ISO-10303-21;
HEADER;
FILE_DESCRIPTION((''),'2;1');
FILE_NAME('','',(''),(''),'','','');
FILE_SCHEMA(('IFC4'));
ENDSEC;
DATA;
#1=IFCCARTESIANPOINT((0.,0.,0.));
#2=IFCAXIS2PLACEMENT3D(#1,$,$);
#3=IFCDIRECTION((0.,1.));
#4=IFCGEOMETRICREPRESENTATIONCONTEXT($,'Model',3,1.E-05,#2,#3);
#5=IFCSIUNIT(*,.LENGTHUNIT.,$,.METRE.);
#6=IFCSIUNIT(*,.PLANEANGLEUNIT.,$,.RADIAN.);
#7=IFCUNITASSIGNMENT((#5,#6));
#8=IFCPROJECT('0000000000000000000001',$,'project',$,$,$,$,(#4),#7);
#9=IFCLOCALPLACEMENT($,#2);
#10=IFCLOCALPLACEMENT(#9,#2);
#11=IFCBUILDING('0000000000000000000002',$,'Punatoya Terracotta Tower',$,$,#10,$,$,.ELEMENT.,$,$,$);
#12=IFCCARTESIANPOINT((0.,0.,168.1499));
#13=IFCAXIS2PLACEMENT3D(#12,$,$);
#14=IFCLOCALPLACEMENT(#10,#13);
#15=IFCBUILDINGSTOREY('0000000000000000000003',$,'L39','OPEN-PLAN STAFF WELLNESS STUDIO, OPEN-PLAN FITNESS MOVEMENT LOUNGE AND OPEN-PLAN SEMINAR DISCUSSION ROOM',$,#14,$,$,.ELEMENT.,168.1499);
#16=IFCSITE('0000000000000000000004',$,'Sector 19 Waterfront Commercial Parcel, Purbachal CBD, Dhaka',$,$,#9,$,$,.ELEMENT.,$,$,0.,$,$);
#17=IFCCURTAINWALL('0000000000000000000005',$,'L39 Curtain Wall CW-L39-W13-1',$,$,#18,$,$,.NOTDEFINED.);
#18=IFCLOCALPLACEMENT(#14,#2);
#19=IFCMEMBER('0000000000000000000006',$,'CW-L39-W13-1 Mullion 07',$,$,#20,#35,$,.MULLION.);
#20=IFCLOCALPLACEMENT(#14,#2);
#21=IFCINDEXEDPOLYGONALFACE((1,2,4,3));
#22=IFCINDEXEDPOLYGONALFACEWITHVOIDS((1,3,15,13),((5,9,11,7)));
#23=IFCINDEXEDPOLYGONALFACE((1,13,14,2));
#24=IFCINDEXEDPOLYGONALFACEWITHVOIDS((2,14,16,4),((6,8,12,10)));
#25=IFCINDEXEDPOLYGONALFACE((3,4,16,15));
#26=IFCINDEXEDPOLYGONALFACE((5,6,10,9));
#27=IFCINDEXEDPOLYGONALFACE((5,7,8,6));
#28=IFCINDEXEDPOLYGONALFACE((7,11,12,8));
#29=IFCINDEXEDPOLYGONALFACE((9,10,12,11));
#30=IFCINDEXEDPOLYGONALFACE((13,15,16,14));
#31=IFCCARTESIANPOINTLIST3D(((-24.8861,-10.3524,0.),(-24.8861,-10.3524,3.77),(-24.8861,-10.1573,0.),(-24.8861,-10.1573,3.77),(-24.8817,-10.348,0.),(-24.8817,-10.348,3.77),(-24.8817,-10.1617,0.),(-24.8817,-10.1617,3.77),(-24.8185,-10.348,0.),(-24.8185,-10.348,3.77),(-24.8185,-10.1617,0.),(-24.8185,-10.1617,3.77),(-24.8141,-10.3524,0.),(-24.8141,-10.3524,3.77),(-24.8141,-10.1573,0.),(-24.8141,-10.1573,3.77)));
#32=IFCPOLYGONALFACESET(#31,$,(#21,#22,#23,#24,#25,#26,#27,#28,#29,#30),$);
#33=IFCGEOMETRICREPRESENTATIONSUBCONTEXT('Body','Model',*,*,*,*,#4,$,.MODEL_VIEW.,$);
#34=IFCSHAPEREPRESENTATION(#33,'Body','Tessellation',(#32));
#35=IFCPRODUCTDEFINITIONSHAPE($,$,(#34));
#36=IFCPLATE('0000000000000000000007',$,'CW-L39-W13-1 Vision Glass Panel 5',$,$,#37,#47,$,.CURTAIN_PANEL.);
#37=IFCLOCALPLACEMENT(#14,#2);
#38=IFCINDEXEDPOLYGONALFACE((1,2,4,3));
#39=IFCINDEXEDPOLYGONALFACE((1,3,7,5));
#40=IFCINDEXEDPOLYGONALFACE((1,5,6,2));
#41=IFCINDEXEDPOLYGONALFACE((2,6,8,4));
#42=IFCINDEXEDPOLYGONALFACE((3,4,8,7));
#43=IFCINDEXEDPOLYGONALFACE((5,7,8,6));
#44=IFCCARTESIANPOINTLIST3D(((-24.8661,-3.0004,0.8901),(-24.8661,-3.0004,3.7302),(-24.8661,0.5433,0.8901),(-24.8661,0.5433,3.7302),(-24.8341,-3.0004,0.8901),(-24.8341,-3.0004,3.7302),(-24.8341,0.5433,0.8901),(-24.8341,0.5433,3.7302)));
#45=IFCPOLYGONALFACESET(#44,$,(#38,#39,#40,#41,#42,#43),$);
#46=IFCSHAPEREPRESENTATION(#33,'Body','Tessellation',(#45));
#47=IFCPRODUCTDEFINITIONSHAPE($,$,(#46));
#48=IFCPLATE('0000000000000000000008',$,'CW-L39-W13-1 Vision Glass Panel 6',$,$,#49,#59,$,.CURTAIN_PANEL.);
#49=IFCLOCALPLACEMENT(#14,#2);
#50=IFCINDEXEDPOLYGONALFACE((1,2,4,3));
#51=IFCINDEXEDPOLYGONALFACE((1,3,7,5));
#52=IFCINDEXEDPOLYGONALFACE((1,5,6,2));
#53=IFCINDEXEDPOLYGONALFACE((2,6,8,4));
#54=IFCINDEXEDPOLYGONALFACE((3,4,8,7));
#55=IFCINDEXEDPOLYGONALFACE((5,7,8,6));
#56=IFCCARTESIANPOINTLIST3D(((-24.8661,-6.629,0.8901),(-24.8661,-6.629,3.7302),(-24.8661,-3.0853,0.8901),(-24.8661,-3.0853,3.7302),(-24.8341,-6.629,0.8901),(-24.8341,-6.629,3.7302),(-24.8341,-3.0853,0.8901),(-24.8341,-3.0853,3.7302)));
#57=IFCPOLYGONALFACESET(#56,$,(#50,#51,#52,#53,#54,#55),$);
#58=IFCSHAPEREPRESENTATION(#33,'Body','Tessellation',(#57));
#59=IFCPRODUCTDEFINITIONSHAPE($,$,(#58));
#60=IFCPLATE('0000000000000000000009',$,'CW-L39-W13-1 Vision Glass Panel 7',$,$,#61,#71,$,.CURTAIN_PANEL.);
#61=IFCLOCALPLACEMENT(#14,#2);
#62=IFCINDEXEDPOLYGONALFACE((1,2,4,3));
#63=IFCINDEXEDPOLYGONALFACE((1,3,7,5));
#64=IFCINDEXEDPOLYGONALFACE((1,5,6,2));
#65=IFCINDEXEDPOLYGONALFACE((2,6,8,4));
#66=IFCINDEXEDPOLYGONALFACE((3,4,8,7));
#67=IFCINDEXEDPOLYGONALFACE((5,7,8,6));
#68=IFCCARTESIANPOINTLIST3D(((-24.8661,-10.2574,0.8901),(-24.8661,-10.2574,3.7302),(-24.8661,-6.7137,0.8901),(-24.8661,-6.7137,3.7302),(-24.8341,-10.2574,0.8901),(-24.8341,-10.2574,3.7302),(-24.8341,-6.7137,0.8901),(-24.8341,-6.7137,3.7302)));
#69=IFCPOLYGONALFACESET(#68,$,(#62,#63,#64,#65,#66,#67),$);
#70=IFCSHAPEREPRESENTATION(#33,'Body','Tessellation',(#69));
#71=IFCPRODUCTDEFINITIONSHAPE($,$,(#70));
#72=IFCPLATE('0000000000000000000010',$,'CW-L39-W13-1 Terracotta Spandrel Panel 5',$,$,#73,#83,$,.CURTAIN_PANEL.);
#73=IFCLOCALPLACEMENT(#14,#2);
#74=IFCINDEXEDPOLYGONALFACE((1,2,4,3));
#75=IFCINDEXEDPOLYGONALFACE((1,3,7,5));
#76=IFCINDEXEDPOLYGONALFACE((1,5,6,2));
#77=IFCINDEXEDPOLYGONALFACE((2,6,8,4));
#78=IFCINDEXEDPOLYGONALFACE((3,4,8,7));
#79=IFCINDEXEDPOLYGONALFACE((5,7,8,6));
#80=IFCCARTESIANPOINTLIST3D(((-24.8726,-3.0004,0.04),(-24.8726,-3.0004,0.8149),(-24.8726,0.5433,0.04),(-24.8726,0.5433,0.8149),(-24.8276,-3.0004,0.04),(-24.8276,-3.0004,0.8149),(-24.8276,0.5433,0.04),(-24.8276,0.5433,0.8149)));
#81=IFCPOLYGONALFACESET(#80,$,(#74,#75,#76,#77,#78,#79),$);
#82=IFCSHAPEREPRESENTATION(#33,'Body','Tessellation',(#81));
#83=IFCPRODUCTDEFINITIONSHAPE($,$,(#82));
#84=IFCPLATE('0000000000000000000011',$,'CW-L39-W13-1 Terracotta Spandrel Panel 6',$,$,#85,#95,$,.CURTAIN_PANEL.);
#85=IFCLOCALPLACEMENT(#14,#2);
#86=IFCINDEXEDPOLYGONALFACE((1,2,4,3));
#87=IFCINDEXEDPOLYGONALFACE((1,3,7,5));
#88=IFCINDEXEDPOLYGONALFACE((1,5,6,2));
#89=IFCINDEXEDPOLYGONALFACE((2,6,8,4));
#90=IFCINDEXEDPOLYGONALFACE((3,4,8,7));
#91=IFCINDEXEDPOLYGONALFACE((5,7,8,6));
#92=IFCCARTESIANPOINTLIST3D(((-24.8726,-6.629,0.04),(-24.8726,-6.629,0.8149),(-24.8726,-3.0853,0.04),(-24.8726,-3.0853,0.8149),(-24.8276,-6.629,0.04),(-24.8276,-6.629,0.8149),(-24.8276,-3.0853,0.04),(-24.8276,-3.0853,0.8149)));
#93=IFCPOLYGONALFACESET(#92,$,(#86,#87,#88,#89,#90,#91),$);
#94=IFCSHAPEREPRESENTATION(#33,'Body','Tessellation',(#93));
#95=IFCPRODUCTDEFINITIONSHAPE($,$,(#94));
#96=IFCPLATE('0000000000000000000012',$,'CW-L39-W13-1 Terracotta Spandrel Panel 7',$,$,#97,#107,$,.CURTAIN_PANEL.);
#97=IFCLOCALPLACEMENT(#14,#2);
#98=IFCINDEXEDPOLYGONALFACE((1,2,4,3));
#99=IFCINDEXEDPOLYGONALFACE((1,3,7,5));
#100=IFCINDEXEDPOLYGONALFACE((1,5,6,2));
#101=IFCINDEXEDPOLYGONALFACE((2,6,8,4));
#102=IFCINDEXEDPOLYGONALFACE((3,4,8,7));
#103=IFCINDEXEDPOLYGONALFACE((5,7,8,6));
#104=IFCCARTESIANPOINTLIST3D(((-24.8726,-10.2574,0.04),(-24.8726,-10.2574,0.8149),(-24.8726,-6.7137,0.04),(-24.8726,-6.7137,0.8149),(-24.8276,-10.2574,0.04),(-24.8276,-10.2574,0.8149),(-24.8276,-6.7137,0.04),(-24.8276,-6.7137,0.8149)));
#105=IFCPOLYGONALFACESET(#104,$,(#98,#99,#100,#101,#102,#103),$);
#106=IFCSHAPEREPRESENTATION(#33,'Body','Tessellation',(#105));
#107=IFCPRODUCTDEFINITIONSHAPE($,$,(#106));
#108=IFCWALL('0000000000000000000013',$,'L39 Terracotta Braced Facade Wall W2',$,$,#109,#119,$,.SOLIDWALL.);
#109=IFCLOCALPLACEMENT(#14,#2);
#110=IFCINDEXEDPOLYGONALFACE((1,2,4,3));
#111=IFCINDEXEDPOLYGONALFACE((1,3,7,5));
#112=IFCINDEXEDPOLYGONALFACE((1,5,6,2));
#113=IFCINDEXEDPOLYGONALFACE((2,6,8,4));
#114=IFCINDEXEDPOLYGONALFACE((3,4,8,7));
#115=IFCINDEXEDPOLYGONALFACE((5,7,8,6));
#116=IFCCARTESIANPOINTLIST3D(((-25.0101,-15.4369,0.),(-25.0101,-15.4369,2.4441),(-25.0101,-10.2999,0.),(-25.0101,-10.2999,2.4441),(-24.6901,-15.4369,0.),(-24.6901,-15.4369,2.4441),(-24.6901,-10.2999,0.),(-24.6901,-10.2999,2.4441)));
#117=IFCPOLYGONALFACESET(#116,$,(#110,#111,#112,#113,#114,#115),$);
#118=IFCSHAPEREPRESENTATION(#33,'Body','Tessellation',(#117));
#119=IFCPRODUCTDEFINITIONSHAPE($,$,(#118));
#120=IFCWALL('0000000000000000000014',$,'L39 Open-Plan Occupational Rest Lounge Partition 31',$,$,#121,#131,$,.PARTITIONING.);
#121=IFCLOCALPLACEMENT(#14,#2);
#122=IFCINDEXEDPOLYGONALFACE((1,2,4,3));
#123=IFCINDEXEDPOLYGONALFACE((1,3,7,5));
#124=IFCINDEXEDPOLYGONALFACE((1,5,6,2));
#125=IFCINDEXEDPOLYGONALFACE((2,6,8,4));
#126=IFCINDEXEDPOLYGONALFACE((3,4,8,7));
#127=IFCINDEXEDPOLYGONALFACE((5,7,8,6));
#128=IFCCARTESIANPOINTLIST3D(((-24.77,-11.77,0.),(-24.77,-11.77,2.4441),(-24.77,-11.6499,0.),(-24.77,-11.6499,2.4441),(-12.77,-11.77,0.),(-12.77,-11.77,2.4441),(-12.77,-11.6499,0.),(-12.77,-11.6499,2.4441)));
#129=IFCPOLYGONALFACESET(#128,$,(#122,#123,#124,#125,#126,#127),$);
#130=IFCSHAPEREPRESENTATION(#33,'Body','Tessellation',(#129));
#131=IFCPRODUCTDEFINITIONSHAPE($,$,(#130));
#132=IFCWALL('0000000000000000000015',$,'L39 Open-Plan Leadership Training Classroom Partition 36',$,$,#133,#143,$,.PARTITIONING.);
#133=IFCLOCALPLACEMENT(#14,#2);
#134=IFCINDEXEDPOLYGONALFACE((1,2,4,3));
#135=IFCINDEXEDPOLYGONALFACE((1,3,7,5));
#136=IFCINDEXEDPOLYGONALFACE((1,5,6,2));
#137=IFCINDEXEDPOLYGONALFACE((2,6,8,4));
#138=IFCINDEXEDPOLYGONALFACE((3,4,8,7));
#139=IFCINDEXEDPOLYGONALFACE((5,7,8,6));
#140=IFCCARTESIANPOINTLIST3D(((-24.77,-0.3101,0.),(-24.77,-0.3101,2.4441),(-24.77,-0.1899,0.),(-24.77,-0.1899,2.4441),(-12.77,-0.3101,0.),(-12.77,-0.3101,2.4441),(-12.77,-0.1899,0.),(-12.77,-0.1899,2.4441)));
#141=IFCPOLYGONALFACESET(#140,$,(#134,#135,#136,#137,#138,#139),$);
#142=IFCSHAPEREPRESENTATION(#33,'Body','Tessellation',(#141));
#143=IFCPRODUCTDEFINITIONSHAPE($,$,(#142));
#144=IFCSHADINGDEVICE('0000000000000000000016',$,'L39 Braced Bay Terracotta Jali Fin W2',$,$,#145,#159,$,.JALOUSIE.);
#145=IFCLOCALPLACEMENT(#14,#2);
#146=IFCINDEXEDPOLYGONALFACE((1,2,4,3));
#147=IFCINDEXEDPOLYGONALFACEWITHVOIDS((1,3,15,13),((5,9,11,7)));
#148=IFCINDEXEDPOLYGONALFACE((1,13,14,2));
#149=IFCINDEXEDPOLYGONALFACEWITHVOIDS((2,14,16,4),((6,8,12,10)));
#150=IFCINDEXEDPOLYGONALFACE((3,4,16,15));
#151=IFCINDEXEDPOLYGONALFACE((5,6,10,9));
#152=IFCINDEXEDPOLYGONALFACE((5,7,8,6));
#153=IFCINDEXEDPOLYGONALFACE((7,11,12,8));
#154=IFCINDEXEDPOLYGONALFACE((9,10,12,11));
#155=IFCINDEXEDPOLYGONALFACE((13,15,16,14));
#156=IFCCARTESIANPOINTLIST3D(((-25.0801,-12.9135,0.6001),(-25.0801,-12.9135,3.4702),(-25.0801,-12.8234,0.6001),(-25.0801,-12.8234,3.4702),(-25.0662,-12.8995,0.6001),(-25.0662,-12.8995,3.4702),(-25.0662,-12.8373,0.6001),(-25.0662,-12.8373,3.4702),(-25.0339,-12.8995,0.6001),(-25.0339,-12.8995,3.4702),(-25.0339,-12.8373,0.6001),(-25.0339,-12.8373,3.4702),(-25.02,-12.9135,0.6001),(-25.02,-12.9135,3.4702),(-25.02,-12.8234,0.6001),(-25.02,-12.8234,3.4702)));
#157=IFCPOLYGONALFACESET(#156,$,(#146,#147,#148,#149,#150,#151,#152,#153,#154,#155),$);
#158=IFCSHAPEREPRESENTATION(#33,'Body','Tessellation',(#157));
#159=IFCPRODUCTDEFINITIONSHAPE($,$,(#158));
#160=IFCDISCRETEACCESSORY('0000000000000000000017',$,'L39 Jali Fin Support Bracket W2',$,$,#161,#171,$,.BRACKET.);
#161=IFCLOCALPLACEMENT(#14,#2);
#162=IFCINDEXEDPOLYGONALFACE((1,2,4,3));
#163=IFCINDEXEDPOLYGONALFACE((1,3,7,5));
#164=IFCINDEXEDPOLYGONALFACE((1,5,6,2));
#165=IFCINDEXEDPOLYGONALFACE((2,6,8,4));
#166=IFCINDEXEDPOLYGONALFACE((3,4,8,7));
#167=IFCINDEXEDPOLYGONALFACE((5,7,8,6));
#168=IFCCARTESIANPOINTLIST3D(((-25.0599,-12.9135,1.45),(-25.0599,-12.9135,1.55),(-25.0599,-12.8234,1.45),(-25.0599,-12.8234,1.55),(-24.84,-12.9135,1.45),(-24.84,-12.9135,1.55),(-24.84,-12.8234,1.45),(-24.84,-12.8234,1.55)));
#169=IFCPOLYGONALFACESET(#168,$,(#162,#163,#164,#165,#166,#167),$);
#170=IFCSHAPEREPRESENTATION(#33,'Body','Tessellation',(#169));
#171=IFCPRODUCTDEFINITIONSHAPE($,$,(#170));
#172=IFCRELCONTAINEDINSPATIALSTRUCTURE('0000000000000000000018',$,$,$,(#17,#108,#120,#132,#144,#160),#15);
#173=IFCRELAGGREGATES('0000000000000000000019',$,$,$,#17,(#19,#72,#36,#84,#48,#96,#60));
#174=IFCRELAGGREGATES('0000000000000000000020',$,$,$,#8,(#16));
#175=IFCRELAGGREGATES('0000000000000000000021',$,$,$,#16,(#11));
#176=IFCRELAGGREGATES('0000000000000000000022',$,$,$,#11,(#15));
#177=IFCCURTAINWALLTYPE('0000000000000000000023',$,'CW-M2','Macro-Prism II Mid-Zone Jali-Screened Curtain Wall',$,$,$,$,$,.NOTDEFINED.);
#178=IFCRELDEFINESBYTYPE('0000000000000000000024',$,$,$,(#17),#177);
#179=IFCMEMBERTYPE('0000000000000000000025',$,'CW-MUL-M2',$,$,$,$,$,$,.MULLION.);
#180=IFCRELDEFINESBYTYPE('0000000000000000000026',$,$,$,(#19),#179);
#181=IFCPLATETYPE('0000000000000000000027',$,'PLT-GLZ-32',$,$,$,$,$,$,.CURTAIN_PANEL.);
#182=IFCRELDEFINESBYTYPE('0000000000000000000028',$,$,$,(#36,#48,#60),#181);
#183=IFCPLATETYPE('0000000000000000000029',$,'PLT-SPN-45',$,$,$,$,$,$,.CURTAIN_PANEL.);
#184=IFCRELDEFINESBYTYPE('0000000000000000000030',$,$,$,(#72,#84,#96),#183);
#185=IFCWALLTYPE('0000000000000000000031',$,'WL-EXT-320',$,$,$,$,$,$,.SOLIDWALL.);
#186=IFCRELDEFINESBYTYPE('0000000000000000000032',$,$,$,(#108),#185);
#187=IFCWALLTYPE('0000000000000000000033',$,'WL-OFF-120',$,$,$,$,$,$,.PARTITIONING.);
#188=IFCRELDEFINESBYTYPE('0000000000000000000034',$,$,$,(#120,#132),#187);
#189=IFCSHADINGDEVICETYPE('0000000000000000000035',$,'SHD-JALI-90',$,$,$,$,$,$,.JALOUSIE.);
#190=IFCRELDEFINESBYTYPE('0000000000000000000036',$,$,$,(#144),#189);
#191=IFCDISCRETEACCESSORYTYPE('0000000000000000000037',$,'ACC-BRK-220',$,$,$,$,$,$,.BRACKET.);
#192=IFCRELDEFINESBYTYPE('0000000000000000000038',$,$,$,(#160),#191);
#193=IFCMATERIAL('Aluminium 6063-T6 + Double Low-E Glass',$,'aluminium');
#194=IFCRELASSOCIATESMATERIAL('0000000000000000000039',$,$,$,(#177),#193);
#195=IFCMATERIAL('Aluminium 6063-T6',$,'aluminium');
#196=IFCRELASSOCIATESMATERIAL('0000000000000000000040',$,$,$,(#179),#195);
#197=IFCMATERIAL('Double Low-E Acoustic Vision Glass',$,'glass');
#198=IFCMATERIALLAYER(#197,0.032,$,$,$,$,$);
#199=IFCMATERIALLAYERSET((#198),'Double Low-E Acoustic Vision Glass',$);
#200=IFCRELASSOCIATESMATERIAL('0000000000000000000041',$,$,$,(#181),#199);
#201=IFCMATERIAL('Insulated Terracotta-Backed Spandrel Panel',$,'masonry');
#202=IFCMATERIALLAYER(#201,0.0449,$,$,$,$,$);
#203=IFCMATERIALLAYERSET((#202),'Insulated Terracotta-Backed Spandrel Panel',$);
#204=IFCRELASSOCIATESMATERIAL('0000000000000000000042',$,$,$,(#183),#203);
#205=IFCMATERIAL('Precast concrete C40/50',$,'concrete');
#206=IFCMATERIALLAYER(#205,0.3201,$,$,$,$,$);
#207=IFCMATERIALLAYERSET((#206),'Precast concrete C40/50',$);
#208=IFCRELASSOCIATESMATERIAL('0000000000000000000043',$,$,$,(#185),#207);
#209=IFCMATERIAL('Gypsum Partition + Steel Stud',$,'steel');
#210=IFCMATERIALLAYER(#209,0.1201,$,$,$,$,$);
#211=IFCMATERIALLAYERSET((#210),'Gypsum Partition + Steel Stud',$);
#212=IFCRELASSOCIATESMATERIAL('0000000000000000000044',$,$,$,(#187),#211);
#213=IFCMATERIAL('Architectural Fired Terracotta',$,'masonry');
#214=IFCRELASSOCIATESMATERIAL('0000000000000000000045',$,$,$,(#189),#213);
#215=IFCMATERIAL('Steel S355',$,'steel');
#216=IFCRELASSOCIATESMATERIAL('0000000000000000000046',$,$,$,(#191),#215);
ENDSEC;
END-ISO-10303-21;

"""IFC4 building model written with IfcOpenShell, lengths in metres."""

from ifc_helpers import new_model, si_unit, direction, frame, frame_2d, origin, origin_2d, place, context, subcontext, project, spatial, rectangle, hollow_rectangle, extrude, material, layer, layer_set, material_profile, profile_set, type_object, element, aggregate, save


model = new_model("IFC4")

# Units and contexts
model_context = context("Model", 3, precision=1e-05, world=origin(), true_north=direction((0.0, 1.0)))
body_context = subcontext(model_context, "Body", "Model", "MODEL_VIEW")
ifc_project = project(units=[si_unit("LENGTHUNIT", "METRE"), si_unit("PLANEANGLEUNIT", "RADIAN")], contexts=[model_context])

# Site, building, storey
site_placement = place(None, origin())
site = spatial("IfcSite", under=ifc_project, at=site_placement, Name="Sector 19 Waterfront Commercial Parcel, Purbachal CBD, Dhaka", CompositionType="ELEMENT", RefElevation=0.0)
building_placement = place(site_placement, origin())
building = spatial("IfcBuilding", under=site, at=building_placement, Name="Punatoya Terracotta Tower", CompositionType="ELEMENT")
storey_placement = place(building_placement, frame((0.0, 0.0, 168.1499)))
storey = spatial("IfcBuildingStorey", under=building, at=storey_placement, Name="L39", Description="OPEN-PLAN STAFF WELLNESS STUDIO, OPEN-PLAN FITNESS MOVEMENT LOUNGE AND OPEN-PLAN SEMINAR DISCUSSION ROOM", CompositionType="ELEMENT", Elevation=168.1499)

# Shared definitions
ifc_material_1 = material(Name="Steel S355", Category="steel")

# Curtain wall, member, plates
ifc_material_2 = material(Name="Aluminium 6063-T6 + Double Low-E Glass", Category="aluminium")
curtain_wall_type = type_object("IfcCurtainWallType", Name="CW-M2", Description="Macro-Prism II Mid-Zone Jali-Screened Curtain Wall", PredefinedType="NOTDEFINED", material=ifc_material_2)
curtain_wall_placement = place(storey_placement, origin())
curtain_wall = element("IfcCurtainWall", 1, at=curtain_wall_placement, inside=storey, type_object=curtain_wall_type, Name="L39 Curtain Wall CW-L39-W13-1", PredefinedType="NOTDEFINED")
ifc_material_3 = material(Name="Aluminium 6063-T6", Category="aluminium")
ifc_material_profile_1 = material_profile(ifc_material_3, hollow_rectangle(XDim=0.072, YDim=0.1951, WallThickness=0.0044, at=origin_2d()))
ifc_profile_set_1 = profile_set([ifc_material_profile_1], Name="Aluminium 6063-T6")
member_type = type_object("IfcMemberType", Name="CW-MUL-M2", PredefinedType="MULLION", material=ifc_profile_set_1)
member_1_placement = place(storey_placement, frame((-24.8501, -10.2549, 0.0), z_axis=(0.0, 0.0, 1.0), x_axis=(1.0, 0.0, 0.0)))
member_1 = element("IfcMember", 2, at=member_1_placement, type_object=member_type, Name="CW-L39-W13-1 Mullion 07", PredefinedType="MULLION", context=body_context, shape_type="SweptSolid", body=[
    extrude(hollow_rectangle(XDim=0.072, YDim=0.1951, WallThickness=0.0044, at=origin_2d()), origin(), (0.0, 0.0, 1.0), 3.77),
])
ifc_material_4 = material(Name="Double Low-E Acoustic Vision Glass", Category="glass")
ifc_layer_1 = layer(ifc_material_4, 0.032)
ifc_layer_set_1 = layer_set([ifc_layer_1], Name="Double Low-E Acoustic Vision Glass")
plate_type_1 = type_object("IfcPlateType", Name="PLT-GLZ-32", PredefinedType="CURTAIN_PANEL", material=ifc_layer_set_1)
plate_1_placement = place(storey_placement, frame((-24.8501, -1.2285, 0.8901), z_axis=(0.0, 0.0, 1.0), x_axis=(0.0, -1.0, 0.0)))
plate_1 = element("IfcPlate", 3, at=plate_1_placement, type_object=plate_type_1, Name="CW-L39-W13-1 Vision Glass Panel 5", PredefinedType="CURTAIN_PANEL", context=body_context, shape_type="SweptSolid", body=[
    extrude(rectangle(XDim=3.5437, YDim=0.032, at=origin_2d()), origin(), (0.0, 0.0, 1.0), 2.8401),
])
plate_2_placement = place(storey_placement, frame((-24.8501, -4.8572, 0.8901), z_axis=(0.0, 0.0, 1.0), x_axis=(0.0, -1.0, 0.0)))
plate_2 = element("IfcPlate", 4, at=plate_2_placement, type_object=plate_type_1, Name="CW-L39-W13-1 Vision Glass Panel 6", PredefinedType="CURTAIN_PANEL", context=body_context, shape_type="SweptSolid", body=[
    extrude(rectangle(XDim=3.5437, YDim=0.032, at=origin_2d()), origin(), (0.0, 0.0, 1.0), 2.8401),
])
plate_3_placement = place(storey_placement, frame((-24.8501, -8.4856, 0.8901), z_axis=(0.0, 0.0, 1.0), x_axis=(0.0, -1.0, 0.0)))
plate_3 = element("IfcPlate", 5, at=plate_3_placement, type_object=plate_type_1, Name="CW-L39-W13-1 Vision Glass Panel 7", PredefinedType="CURTAIN_PANEL", context=body_context, shape_type="SweptSolid", body=[
    extrude(rectangle(XDim=3.5437, YDim=0.032, at=origin_2d()), origin(), (0.0, 0.0, 1.0), 2.8401),
])
ifc_material_5 = material(Name="Insulated Terracotta-Backed Spandrel Panel", Category="masonry")
ifc_layer_2 = layer(ifc_material_5, 0.0449)
ifc_layer_set_2 = layer_set([ifc_layer_2], Name="Insulated Terracotta-Backed Spandrel Panel")
plate_type_2 = type_object("IfcPlateType", Name="PLT-SPN-45", PredefinedType="CURTAIN_PANEL", material=ifc_layer_set_2)
plate_4_placement = place(storey_placement, frame((-24.8501, -1.2285, 0.04), z_axis=(0.0, 0.0, 1.0), x_axis=(0.0, -1.0, 0.0)))
plate_4 = element("IfcPlate", 6, at=plate_4_placement, type_object=plate_type_2, Name="CW-L39-W13-1 Terracotta Spandrel Panel 5", PredefinedType="CURTAIN_PANEL", context=body_context, shape_type="SweptSolid", body=[
    extrude(rectangle(XDim=3.5437, YDim=0.0449, at=origin_2d()), origin(), (0.0, 0.0, 1.0), 0.7749),
])
plate_5_placement = place(storey_placement, frame((-24.8501, -4.8572, 0.04), z_axis=(0.0, 0.0, 1.0), x_axis=(0.0, -1.0, 0.0)))
plate_5 = element("IfcPlate", 7, at=plate_5_placement, type_object=plate_type_2, Name="CW-L39-W13-1 Terracotta Spandrel Panel 6", PredefinedType="CURTAIN_PANEL", context=body_context, shape_type="SweptSolid", body=[
    extrude(rectangle(XDim=3.5437, YDim=0.0449, at=origin_2d()), origin(), (0.0, 0.0, 1.0), 0.7749),
])
plate_6_placement = place(storey_placement, frame((-24.8501, -8.4856, 0.04), z_axis=(0.0, 0.0, 1.0), x_axis=(0.0, -1.0, 0.0)))
plate_6 = element("IfcPlate", 8, at=plate_6_placement, type_object=plate_type_2, Name="CW-L39-W13-1 Terracotta Spandrel Panel 7", PredefinedType="CURTAIN_PANEL", context=body_context, shape_type="SweptSolid", body=[
    extrude(rectangle(XDim=3.5437, YDim=0.0449, at=origin_2d()), origin(), (0.0, 0.0, 1.0), 0.7749),
])
aggregate(curtain_wall, [member_1, plate_4, plate_1, plate_5, plate_2, plate_6, plate_3])

# Walls
ifc_material_6 = material(Name="Precast concrete C40/50", Category="concrete")
ifc_layer_3 = layer(ifc_material_6, 0.3201)
ifc_layer_set_3 = layer_set([ifc_layer_3], Name="Precast concrete C40/50")
wall_type_1 = type_object("IfcWallType", Name="WL-EXT-320", PredefinedType="SOLIDWALL", material=ifc_layer_set_3)
wall_placement = place(storey_placement, frame((-24.8501, -10.3, 0.0), z_axis=(0.0, 0.0, 1.0), x_axis=(0.0, -1.0, 0.0)))
element("IfcWall", 9, at=wall_placement, inside=storey, type_object=wall_type_1, Name="L39 Terracotta Braced Facade Wall W2", PredefinedType="SOLIDWALL", context=body_context, shape_type="SweptSolid", body=[
    extrude(rectangle(XDim=5.137, YDim=0.3201, at=frame_2d((2.5684, 0.0))), origin(), (0.0, 0.0, 1.0), 2.4441),
])
ifc_material_7 = material(Name="Gypsum Partition + Steel Stud", Category="steel")
ifc_layer_4 = layer(ifc_material_7, 0.1201)
ifc_layer_set_4 = layer_set([ifc_layer_4], Name="Gypsum Partition + Steel Stud")
wall_type_2 = type_object("IfcWallType", Name="WL-OFF-120", PredefinedType="PARTITIONING", material=ifc_layer_set_4)
for number, where, z_axis, x_axis, name in (
    (10, (-24.77, -11.71, 0.0), (0.0, 0.0, 1.0), (1.0, 0.0, 0.0), "L39 Open-Plan Occupational Rest Lounge Partition 31"),
    (11, (-24.77, -0.25, 0.0), (0.0, 0.0, 1.0), (1.0, 0.0, 0.0), "L39 Open-Plan Leadership Training Classroom Partition 36"),
):
    element("IfcWall", number, at=place(storey_placement, frame(where, z_axis=z_axis, x_axis=x_axis)), inside=storey, type_object=wall_type_2, Name=name, PredefinedType="PARTITIONING", context=body_context, shape_type="SweptSolid", body=[
        extrude(rectangle(XDim=12.0, YDim=0.1201, at=frame_2d((6.0, 0.0))), origin(), (0.0, 0.0, 1.0), 2.4441),
    ])

# Shading device
ifc_material_8 = material(Name="Architectural Fired Terracotta", Category="masonry")
ifc_material_profile_2 = material_profile(ifc_material_8, hollow_rectangle(XDim=0.0601, YDim=0.0901, WallThickness=0.0139, at=origin_2d()))
ifc_profile_set_2 = profile_set([ifc_material_profile_2], Name="Architectural Fired Terracotta")
shading_device_type = type_object("IfcShadingDeviceType", Name="SHD-JALI-90", PredefinedType="JALOUSIE", material=ifc_profile_set_2)
shading_device_placement = place(storey_placement, frame((-25.05, -12.8684, 0.6001), z_axis=(0.0, 0.0, 1.0), x_axis=(1.0, 0.0, 0.0)))
element("IfcShadingDevice", 12, at=shading_device_placement, inside=storey, type_object=shading_device_type, Name="L39 Braced Bay Terracotta Jali Fin W2", PredefinedType="JALOUSIE", context=body_context, shape_type="SweptSolid", body=[
    extrude(hollow_rectangle(XDim=0.0601, YDim=0.0901, WallThickness=0.0139, at=origin_2d()), origin(), (0.0, 0.0, 1.0), 2.8701),
])

# Discrete accessory
discrete_accessory_type = type_object("IfcDiscreteAccessoryType", Name="ACC-BRK-220", PredefinedType="BRACKET", material=ifc_material_1)
discrete_accessory_placement = place(storey_placement, frame((-24.95, -12.8684, 1.45), z_axis=(0.0, 0.0, 1.0), x_axis=(0.0, -1.0, 0.0)))
element("IfcDiscreteAccessory", 13, at=discrete_accessory_placement, inside=storey, type_object=discrete_accessory_type, Name="L39 Jali Fin Support Bracket W2", PredefinedType="BRACKET", context=body_context, shape_type="SweptSolid", body=[
    extrude(rectangle(XDim=0.0901, YDim=0.22, at=origin_2d()), origin(), (0.0, 0.0, 1.0), 0.1001),
])

save(model, "model.ifc")
